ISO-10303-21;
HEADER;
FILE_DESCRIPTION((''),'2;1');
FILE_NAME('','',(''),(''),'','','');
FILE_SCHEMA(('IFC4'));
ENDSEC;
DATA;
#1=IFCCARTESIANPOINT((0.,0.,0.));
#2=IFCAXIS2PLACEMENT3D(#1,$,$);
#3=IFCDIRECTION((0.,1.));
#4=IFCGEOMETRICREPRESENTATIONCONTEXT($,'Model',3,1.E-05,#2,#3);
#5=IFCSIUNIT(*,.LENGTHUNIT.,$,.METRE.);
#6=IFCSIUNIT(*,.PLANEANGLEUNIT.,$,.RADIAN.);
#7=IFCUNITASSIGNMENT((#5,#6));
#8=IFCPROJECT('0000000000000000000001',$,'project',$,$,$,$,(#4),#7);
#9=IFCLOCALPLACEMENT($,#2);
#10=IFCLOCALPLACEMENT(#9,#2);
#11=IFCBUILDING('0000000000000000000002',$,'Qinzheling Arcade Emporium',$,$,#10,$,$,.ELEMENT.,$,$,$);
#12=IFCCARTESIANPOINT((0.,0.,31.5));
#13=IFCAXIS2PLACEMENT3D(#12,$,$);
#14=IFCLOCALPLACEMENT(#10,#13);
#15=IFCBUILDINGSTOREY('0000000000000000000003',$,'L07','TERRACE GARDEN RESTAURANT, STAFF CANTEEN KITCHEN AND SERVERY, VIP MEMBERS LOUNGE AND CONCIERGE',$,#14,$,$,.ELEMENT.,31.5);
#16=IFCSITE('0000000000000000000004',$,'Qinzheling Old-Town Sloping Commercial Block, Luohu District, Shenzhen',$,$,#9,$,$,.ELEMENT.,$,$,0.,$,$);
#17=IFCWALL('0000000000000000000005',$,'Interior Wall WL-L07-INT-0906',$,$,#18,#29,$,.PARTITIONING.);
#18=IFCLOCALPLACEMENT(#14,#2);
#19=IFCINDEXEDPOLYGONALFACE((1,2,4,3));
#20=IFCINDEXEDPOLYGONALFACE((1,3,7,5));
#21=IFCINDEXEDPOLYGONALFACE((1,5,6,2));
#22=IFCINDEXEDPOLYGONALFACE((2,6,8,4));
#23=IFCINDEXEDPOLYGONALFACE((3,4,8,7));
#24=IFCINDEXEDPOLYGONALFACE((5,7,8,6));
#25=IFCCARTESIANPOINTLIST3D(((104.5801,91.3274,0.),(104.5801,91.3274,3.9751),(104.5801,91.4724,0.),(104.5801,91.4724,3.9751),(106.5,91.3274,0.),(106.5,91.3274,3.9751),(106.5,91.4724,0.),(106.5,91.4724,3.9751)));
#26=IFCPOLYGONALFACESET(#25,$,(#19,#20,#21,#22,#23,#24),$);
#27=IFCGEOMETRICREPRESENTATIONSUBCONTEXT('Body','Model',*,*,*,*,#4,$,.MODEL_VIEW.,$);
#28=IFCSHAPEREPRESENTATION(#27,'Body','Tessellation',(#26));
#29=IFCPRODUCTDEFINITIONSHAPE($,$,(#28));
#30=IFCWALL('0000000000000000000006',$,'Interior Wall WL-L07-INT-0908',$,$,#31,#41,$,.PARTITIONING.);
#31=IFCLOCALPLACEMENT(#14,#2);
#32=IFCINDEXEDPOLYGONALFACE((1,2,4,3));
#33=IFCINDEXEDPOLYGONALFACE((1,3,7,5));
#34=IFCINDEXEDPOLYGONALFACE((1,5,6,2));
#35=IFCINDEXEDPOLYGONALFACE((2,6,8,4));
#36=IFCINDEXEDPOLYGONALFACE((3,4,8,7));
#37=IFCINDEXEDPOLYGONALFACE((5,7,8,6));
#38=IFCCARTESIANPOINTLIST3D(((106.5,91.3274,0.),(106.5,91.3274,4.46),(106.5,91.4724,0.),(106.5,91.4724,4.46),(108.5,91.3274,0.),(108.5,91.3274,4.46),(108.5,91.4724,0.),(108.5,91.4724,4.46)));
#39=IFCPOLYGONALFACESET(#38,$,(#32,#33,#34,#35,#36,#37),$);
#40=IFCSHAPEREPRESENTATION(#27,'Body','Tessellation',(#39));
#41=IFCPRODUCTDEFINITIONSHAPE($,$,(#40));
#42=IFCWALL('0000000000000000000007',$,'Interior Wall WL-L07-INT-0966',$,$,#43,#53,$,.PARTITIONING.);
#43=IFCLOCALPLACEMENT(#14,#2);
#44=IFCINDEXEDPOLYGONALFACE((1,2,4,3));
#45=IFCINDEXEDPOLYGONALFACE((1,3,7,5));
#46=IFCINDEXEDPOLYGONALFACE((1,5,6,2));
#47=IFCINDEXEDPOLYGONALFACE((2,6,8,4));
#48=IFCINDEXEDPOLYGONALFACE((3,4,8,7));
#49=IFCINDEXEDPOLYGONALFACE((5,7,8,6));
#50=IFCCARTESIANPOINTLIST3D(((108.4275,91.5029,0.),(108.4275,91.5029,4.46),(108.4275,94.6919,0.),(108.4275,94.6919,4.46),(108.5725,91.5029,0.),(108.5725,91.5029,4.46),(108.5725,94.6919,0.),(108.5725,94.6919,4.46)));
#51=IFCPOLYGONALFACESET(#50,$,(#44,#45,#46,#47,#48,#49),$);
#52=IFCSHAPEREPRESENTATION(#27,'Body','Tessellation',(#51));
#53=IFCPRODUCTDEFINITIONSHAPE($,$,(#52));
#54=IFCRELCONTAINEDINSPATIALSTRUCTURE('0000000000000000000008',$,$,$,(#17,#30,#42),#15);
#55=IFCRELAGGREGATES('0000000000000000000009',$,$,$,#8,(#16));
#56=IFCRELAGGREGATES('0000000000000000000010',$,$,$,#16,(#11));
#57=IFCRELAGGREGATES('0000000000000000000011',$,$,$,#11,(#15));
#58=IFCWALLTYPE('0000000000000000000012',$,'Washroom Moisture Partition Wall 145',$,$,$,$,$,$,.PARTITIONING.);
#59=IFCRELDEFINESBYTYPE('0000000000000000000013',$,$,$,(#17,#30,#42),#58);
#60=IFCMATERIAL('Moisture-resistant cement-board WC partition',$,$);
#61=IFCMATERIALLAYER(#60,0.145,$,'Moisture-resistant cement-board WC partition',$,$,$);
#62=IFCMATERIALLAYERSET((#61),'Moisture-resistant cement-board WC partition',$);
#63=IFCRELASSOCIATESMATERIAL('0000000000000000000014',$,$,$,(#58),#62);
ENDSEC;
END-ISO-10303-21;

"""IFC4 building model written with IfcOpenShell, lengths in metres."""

from ifc_helpers import new_model, si_unit, direction, frame, frame_2d, origin, place, context, subcontext, project, spatial, rectangle, extrude, material, layer, layer_set, type_object, element, save


model = new_model("IFC4")

# Units and contexts
model_context = context("Model", 3, precision=1e-05, world=origin(), true_north=direction((0.0, 1.0)))
body_context = subcontext(model_context, "Body", "Model", "MODEL_VIEW")
ifc_project = project(units=[si_unit("LENGTHUNIT", "METRE"), si_unit("PLANEANGLEUNIT", "RADIAN")], contexts=[model_context])

# Site, building, storey
site_placement = place(None, origin())
site = spatial("IfcSite", under=ifc_project, at=site_placement, Name="Qinzheling Old-Town Sloping Commercial Block, Luohu District, Shenzhen", CompositionType="ELEMENT", RefElevation=0.0)
building_placement = place(site_placement, origin())
building = spatial("IfcBuilding", under=site, at=building_placement, Name="Qinzheling Arcade Emporium", CompositionType="ELEMENT")
storey_placement = place(building_placement, frame((0.0, 0.0, 31.5)))
storey = spatial("IfcBuildingStorey", under=building, at=storey_placement, Name="L07", Description="TERRACE GARDEN RESTAURANT, STAFF CANTEEN KITCHEN AND SERVERY, VIP MEMBERS LOUNGE AND CONCIERGE", CompositionType="ELEMENT", Elevation=31.5)

# Shared definitions
ifc_material_1 = material(Name="Moisture-resistant cement-board WC partition")
ifc_layer_1 = layer(ifc_material_1, 0.145, Name="Moisture-resistant cement-board WC partition")
ifc_layer_set_1 = layer_set([ifc_layer_1], Name="Moisture-resistant cement-board WC partition")
wall_type_1 = type_object("IfcWallType", Name="Washroom Moisture Partition Wall 145", PredefinedType="PARTITIONING", material=ifc_layer_set_1)

# Walls
wall_1_placement = place(storey_placement, frame((106.5, 91.3999, 0.0), z_axis=(0.0, 0.0, 1.0), x_axis=(-1.0, 0.0, 0.0)))
element("IfcWall", 1, at=wall_1_placement, inside=storey, type_object=wall_type_1, Name="Interior Wall WL-L07-INT-0906", PredefinedType="PARTITIONING", context=body_context, shape_type="SweptSolid", body=[
    extrude(rectangle(XDim=1.9199, YDim=0.145, at=frame_2d((0.96, 0.0))), origin(), (0.0, 0.0, 1.0), 3.9751),
])
wall_2_placement = place(storey_placement, frame((108.5, 91.3999, 0.0), z_axis=(0.0, 0.0, 1.0), x_axis=(-1.0, 0.0, 0.0)))
element("IfcWall", 2, at=wall_2_placement, inside=storey, type_object=wall_type_1, Name="Interior Wall WL-L07-INT-0908", PredefinedType="PARTITIONING", context=body_context, shape_type="SweptSolid", body=[
    extrude(rectangle(XDim=2.0, YDim=0.145, at=frame_2d((1.0, 0.0))), origin(), (0.0, 0.0, 1.0), 4.46),
])
wall_3_placement = place(storey_placement, frame((108.5, 94.6919, 0.0), z_axis=(0.0, 0.0, 1.0), x_axis=(0.0, -1.0, 0.0)))
element("IfcWall", 3, at=wall_3_placement, inside=storey, type_object=wall_type_1, Name="Interior Wall WL-L07-INT-0966", PredefinedType="PARTITIONING", context=body_context, shape_type="SweptSolid", body=[
    extrude(rectangle(XDim=3.189, YDim=0.145, at=frame_2d((1.5945, 0.0))), origin(), (0.0, 0.0, 1.0), 4.46),
])

save(model, "model.ifc")
